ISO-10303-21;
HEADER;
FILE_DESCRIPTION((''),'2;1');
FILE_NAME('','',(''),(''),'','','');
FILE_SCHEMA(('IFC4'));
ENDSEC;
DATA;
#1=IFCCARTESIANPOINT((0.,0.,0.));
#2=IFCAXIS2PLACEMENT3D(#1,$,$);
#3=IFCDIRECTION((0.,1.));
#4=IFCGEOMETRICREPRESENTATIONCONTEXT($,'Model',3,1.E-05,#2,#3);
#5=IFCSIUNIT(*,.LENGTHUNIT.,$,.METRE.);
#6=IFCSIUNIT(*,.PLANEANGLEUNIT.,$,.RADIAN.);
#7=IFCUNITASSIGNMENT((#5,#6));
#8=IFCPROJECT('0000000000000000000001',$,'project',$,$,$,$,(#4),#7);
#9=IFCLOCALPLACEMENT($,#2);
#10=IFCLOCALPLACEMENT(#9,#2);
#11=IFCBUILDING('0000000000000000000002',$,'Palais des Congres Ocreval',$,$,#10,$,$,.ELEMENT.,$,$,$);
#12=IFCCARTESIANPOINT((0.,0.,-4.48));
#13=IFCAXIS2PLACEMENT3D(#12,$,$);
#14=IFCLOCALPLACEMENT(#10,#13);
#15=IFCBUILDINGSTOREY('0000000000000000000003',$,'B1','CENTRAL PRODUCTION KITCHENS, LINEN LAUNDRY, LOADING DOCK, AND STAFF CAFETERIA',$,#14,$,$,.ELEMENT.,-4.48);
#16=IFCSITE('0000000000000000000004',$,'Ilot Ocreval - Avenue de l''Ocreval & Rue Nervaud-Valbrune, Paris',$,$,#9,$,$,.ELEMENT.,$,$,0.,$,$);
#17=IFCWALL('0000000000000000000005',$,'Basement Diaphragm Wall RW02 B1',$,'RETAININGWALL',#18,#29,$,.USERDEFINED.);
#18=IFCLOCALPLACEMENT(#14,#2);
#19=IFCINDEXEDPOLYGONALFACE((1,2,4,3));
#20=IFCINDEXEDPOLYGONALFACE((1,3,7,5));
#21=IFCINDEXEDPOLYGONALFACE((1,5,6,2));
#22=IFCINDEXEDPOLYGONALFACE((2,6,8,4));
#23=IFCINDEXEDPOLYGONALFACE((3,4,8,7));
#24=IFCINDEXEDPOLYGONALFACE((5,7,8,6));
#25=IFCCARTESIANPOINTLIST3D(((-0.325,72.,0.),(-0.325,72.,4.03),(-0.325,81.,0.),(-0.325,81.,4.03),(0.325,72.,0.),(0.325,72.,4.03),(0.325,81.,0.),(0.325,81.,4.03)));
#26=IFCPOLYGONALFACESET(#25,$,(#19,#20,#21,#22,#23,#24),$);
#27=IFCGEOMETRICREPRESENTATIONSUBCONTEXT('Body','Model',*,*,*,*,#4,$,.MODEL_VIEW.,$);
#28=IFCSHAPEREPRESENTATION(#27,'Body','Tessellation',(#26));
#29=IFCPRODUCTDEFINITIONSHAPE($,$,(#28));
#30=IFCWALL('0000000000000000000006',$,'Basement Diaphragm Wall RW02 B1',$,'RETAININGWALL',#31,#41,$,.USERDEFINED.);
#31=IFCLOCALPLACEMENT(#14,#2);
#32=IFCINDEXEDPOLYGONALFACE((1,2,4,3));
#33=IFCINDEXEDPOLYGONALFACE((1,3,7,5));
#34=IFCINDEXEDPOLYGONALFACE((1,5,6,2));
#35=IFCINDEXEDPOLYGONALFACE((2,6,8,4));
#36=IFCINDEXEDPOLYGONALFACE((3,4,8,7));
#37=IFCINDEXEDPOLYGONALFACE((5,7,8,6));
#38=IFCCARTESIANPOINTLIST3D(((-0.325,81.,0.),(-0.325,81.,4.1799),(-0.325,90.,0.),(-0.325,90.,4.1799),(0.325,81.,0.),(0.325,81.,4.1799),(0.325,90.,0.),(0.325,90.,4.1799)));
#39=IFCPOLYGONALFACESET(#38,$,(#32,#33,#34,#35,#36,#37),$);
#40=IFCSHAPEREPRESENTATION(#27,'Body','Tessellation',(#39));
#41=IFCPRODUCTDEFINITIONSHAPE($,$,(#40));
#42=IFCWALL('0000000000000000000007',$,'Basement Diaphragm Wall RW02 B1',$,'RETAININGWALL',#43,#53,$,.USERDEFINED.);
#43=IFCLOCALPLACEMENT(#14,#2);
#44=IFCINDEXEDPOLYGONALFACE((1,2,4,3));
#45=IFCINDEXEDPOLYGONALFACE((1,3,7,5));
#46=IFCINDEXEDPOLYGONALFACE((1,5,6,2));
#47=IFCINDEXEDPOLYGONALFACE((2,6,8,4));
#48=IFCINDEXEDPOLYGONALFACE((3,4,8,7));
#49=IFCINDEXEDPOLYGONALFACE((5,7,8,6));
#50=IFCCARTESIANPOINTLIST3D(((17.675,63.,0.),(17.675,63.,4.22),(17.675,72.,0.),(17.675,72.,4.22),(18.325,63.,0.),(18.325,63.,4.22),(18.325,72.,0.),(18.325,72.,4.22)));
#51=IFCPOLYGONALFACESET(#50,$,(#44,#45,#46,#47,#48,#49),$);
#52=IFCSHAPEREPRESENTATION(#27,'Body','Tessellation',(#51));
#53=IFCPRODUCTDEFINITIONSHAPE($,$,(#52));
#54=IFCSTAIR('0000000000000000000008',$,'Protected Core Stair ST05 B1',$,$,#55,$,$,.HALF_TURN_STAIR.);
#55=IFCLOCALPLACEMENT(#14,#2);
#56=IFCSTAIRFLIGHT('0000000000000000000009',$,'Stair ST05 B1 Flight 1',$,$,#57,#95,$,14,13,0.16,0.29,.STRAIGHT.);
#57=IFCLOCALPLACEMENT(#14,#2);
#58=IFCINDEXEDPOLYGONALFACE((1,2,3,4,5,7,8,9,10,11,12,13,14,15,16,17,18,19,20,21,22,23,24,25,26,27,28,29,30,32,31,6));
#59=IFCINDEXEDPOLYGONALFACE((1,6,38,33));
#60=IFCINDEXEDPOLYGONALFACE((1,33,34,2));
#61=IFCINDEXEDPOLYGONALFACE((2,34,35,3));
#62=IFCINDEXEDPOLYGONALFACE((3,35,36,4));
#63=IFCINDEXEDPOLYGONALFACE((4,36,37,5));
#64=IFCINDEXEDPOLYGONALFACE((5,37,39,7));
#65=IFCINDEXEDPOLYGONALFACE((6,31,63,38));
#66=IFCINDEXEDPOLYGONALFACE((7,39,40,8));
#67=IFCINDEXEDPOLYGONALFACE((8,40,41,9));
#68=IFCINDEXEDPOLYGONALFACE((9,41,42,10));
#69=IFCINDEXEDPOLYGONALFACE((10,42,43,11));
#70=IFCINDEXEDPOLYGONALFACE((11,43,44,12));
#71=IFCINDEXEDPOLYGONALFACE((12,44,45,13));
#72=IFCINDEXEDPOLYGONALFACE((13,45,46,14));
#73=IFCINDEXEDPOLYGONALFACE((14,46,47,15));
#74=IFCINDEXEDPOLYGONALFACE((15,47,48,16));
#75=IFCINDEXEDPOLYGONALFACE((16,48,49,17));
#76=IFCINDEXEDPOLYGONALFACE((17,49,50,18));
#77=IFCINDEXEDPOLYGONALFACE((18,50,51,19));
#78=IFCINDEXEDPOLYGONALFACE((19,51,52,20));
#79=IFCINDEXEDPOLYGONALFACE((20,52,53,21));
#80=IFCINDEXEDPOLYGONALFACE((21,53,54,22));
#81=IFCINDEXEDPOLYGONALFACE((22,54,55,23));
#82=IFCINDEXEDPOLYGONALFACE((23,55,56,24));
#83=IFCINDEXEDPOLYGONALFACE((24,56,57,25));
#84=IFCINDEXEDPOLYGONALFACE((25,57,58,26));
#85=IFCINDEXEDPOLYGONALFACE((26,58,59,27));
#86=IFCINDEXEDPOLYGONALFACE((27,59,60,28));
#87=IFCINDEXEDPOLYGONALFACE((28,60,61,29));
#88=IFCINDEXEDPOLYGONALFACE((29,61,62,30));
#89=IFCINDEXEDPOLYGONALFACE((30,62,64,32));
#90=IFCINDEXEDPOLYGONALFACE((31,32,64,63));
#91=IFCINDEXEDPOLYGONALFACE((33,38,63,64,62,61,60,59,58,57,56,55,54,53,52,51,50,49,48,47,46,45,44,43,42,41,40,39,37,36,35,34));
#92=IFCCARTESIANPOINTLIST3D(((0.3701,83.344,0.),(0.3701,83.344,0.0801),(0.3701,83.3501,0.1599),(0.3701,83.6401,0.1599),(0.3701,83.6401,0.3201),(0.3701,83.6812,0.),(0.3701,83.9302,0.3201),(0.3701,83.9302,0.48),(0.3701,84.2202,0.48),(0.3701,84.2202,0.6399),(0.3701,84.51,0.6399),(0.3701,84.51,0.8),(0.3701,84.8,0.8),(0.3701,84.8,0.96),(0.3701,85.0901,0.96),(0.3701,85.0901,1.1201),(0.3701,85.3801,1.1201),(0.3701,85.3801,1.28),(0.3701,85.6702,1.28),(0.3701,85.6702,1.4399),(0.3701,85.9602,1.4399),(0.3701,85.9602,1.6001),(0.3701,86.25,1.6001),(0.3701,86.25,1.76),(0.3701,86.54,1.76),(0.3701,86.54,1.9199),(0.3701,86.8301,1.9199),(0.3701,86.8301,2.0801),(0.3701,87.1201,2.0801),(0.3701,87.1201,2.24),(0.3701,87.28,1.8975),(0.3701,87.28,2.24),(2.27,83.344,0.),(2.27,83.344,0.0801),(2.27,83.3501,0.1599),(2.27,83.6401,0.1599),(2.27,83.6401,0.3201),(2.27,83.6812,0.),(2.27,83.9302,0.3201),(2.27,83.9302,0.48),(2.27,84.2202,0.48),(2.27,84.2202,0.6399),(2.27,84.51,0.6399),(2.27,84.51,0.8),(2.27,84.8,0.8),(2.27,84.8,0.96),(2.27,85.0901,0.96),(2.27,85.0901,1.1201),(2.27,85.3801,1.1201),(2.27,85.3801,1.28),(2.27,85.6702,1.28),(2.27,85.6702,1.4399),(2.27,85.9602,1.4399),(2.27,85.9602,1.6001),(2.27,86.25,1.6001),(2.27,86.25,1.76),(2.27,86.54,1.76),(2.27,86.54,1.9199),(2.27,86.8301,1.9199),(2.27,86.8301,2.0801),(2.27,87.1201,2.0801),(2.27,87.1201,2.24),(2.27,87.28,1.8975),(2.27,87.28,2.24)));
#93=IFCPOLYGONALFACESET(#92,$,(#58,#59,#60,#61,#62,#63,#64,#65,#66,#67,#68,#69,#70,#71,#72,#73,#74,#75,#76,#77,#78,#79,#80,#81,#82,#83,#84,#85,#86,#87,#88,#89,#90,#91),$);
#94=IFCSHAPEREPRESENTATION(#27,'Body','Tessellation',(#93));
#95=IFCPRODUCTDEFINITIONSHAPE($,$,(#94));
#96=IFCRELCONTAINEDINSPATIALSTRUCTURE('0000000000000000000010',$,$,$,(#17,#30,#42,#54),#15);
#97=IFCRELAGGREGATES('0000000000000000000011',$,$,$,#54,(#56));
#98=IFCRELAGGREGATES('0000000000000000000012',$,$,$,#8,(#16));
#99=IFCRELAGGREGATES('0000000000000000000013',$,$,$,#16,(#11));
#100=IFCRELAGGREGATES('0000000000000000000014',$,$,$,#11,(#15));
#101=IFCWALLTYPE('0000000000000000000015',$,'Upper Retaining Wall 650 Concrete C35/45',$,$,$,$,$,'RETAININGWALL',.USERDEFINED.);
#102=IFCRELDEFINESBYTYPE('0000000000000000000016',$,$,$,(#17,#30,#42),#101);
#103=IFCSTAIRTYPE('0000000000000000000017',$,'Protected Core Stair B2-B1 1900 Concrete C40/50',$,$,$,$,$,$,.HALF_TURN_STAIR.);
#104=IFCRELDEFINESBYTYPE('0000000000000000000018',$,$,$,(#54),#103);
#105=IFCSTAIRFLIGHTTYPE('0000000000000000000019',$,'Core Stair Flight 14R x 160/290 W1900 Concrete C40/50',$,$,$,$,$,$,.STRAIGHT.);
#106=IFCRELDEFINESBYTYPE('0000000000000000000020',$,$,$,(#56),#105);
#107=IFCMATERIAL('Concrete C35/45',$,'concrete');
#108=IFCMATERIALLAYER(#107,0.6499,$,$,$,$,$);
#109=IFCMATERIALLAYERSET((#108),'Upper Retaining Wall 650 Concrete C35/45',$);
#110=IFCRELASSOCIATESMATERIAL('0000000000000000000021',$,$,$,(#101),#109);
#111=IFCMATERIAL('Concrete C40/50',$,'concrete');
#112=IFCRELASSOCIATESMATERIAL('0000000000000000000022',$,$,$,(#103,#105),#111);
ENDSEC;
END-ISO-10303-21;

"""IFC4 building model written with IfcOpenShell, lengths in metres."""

from ifc_helpers import new_model, si_unit, direction, frame, frame_2d, origin, place, context, subcontext, project, spatial, polyline, rectangle, outline, extrude, material, layer, layer_set, type_object, element, aggregate, save


model = new_model("IFC4")

# Units and contexts
model_context = context("Model", 3, precision=1e-05, world=origin(), true_north=direction((0.0, 1.0)))
body_context = subcontext(model_context, "Body", "Model", "MODEL_VIEW")
ifc_project = project(units=[si_unit("LENGTHUNIT", "METRE"), si_unit("PLANEANGLEUNIT", "RADIAN")], contexts=[model_context])

# Site, building, storey
site_placement = place(None, origin())
site = spatial("IfcSite", under=ifc_project, at=site_placement, Name="Ilot Ocreval - Avenue de l'Ocreval & Rue Nervaud-Valbrune, Paris", CompositionType="ELEMENT", RefElevation=0.0)
building_placement = place(site_placement, origin())
building = spatial("IfcBuilding", under=site, at=building_placement, Name="Palais des Congres Ocreval", CompositionType="ELEMENT")
storey_placement = place(building_placement, frame((0.0, 0.0, -4.48)))
storey = spatial("IfcBuildingStorey", under=building, at=storey_placement, Name="B1", Description="CENTRAL PRODUCTION KITCHENS, LINEN LAUNDRY, LOADING DOCK, AND STAFF CAFETERIA", CompositionType="ELEMENT", Elevation=-4.48)

# Shared definitions
ifc_material_1 = material(Name="Concrete C40/50", Category="concrete")

# Shared definitions
ifc_material_2 = material(Name="Concrete C35/45", Category="concrete")

# Walls
ifc_layer_1 = layer(ifc_material_2, 0.6499)
ifc_layer_set_1 = layer_set([ifc_layer_1], Name="Upper Retaining Wall 650 Concrete C35/45")
wall_type_1 = type_object("IfcWallType", Name="Upper Retaining Wall 650 Concrete C35/45", ElementType="RETAININGWALL", PredefinedType="USERDEFINED", material=ifc_layer_set_1)
wall_1_placement = place(storey_placement, frame((0.0, 72.0, 0.0), z_axis=(0.0, 0.0, 1.0), x_axis=(0.0, 1.0, 0.0)))
element("IfcWall", 1, at=wall_1_placement, inside=storey, type_object=wall_type_1, Name="Basement Diaphragm Wall RW02 B1", ObjectType="RETAININGWALL", PredefinedType="USERDEFINED", context=body_context, shape_type="SweptSolid", body=[
    extrude(rectangle(XDim=9.0, YDim=0.6499, at=frame_2d((4.5, 0.0))), origin(), (0.0, 0.0, 1.0), 4.03),
])
wall_2_placement = place(storey_placement, frame((0.0, 81.0, 0.0), z_axis=(0.0, 0.0, 1.0), x_axis=(0.0, 1.0, 0.0)))
element("IfcWall", 2, at=wall_2_placement, inside=storey, type_object=wall_type_1, Name="Basement Diaphragm Wall RW02 B1", ObjectType="RETAININGWALL", PredefinedType="USERDEFINED", context=body_context, shape_type="SweptSolid", body=[
    extrude(rectangle(XDim=9.0, YDim=0.6499, at=frame_2d((4.5, 0.0))), origin(), (0.0, 0.0, 1.0), 4.1799),
])
wall_3_placement = place(storey_placement, frame((18.0, 72.0, 0.0), z_axis=(0.0, 0.0, 1.0), x_axis=(0.0, -1.0, 0.0)))
element("IfcWall", 3, at=wall_3_placement, inside=storey, type_object=wall_type_1, Name="Basement Diaphragm Wall RW02 B1", ObjectType="RETAININGWALL", PredefinedType="USERDEFINED", context=body_context, shape_type="SweptSolid", body=[
    extrude(rectangle(XDim=9.0, YDim=0.6499, at=frame_2d((4.5, 0.0))), origin(), (0.0, 0.0, 1.0), 4.22),
])

# Stair, stair flight
stair_type = type_object("IfcStairType", Name="Protected Core Stair B2-B1 1900 Concrete C40/50", PredefinedType="HALF_TURN_STAIR", material=ifc_material_1)
stair_placement = place(storey_placement, origin())
stair = element("IfcStair", 4, at=stair_placement, inside=storey, type_object=stair_type, Name="Protected Core Stair ST05 B1", PredefinedType="HALF_TURN_STAIR")
stair_flight_type = type_object("IfcStairFlightType", Name="Core Stair Flight 14R x 160/290 W1900 Concrete C40/50", PredefinedType="STRAIGHT", material=ifc_material_1)
stair_flight_placement = place(storey_placement, frame((1.3201, 83.3501, 0.0), z_axis=(0.0, 0.0, 1.0), x_axis=(0.0, 1.0, 0.0)))
stair_flight = element("IfcStairFlight", 5, at=stair_flight_placement, type_object=stair_flight_type, Name="Stair ST05 B1 Flight 1", NumberOfRisers=14, NumberOfTreads=13, PredefinedType="STRAIGHT", RiserHeight=0.16, TreadLength=0.29, context=body_context, shape_type="SweptSolid", body=[
    extrude(outline(polyline([(-0.0061, 0.0), (-0.0061, 0.0801), (0.0, 0.1599), (0.29, 0.1599), (0.29, 0.3201), (0.5801, 0.3201), (0.5801, 0.48), (0.8701, 0.48), (0.8701, 0.6399), (1.1599, 0.6399), (1.1599, 0.8), (1.45, 0.8), (1.45, 0.96), (1.74, 0.96), (1.74, 1.1201), (2.03, 1.1201), (2.03, 1.28), (2.3201, 1.28), (2.3201, 1.4399), (2.6101, 1.4399), (2.6101, 1.6001), (2.8999, 1.6001), (2.8999, 1.76), (3.1899, 1.76), (3.1899, 1.9199), (3.48, 1.9199), (3.48, 2.0801), (3.77, 2.0801), (3.77, 2.24), (3.9299, 2.24), (3.9299, 1.8975), (0.3311, 0.0), (-0.0061, 0.0)])), frame((0.0, 0.95, 0.0), z_axis=(0.0, -1.0, 0.0), x_axis=(1.0, 0.0, 0.0)), (0.0, 0.0, 1.0), 1.8999),
])
aggregate(stair, [stair_flight])

save(model, "model.ifc")
